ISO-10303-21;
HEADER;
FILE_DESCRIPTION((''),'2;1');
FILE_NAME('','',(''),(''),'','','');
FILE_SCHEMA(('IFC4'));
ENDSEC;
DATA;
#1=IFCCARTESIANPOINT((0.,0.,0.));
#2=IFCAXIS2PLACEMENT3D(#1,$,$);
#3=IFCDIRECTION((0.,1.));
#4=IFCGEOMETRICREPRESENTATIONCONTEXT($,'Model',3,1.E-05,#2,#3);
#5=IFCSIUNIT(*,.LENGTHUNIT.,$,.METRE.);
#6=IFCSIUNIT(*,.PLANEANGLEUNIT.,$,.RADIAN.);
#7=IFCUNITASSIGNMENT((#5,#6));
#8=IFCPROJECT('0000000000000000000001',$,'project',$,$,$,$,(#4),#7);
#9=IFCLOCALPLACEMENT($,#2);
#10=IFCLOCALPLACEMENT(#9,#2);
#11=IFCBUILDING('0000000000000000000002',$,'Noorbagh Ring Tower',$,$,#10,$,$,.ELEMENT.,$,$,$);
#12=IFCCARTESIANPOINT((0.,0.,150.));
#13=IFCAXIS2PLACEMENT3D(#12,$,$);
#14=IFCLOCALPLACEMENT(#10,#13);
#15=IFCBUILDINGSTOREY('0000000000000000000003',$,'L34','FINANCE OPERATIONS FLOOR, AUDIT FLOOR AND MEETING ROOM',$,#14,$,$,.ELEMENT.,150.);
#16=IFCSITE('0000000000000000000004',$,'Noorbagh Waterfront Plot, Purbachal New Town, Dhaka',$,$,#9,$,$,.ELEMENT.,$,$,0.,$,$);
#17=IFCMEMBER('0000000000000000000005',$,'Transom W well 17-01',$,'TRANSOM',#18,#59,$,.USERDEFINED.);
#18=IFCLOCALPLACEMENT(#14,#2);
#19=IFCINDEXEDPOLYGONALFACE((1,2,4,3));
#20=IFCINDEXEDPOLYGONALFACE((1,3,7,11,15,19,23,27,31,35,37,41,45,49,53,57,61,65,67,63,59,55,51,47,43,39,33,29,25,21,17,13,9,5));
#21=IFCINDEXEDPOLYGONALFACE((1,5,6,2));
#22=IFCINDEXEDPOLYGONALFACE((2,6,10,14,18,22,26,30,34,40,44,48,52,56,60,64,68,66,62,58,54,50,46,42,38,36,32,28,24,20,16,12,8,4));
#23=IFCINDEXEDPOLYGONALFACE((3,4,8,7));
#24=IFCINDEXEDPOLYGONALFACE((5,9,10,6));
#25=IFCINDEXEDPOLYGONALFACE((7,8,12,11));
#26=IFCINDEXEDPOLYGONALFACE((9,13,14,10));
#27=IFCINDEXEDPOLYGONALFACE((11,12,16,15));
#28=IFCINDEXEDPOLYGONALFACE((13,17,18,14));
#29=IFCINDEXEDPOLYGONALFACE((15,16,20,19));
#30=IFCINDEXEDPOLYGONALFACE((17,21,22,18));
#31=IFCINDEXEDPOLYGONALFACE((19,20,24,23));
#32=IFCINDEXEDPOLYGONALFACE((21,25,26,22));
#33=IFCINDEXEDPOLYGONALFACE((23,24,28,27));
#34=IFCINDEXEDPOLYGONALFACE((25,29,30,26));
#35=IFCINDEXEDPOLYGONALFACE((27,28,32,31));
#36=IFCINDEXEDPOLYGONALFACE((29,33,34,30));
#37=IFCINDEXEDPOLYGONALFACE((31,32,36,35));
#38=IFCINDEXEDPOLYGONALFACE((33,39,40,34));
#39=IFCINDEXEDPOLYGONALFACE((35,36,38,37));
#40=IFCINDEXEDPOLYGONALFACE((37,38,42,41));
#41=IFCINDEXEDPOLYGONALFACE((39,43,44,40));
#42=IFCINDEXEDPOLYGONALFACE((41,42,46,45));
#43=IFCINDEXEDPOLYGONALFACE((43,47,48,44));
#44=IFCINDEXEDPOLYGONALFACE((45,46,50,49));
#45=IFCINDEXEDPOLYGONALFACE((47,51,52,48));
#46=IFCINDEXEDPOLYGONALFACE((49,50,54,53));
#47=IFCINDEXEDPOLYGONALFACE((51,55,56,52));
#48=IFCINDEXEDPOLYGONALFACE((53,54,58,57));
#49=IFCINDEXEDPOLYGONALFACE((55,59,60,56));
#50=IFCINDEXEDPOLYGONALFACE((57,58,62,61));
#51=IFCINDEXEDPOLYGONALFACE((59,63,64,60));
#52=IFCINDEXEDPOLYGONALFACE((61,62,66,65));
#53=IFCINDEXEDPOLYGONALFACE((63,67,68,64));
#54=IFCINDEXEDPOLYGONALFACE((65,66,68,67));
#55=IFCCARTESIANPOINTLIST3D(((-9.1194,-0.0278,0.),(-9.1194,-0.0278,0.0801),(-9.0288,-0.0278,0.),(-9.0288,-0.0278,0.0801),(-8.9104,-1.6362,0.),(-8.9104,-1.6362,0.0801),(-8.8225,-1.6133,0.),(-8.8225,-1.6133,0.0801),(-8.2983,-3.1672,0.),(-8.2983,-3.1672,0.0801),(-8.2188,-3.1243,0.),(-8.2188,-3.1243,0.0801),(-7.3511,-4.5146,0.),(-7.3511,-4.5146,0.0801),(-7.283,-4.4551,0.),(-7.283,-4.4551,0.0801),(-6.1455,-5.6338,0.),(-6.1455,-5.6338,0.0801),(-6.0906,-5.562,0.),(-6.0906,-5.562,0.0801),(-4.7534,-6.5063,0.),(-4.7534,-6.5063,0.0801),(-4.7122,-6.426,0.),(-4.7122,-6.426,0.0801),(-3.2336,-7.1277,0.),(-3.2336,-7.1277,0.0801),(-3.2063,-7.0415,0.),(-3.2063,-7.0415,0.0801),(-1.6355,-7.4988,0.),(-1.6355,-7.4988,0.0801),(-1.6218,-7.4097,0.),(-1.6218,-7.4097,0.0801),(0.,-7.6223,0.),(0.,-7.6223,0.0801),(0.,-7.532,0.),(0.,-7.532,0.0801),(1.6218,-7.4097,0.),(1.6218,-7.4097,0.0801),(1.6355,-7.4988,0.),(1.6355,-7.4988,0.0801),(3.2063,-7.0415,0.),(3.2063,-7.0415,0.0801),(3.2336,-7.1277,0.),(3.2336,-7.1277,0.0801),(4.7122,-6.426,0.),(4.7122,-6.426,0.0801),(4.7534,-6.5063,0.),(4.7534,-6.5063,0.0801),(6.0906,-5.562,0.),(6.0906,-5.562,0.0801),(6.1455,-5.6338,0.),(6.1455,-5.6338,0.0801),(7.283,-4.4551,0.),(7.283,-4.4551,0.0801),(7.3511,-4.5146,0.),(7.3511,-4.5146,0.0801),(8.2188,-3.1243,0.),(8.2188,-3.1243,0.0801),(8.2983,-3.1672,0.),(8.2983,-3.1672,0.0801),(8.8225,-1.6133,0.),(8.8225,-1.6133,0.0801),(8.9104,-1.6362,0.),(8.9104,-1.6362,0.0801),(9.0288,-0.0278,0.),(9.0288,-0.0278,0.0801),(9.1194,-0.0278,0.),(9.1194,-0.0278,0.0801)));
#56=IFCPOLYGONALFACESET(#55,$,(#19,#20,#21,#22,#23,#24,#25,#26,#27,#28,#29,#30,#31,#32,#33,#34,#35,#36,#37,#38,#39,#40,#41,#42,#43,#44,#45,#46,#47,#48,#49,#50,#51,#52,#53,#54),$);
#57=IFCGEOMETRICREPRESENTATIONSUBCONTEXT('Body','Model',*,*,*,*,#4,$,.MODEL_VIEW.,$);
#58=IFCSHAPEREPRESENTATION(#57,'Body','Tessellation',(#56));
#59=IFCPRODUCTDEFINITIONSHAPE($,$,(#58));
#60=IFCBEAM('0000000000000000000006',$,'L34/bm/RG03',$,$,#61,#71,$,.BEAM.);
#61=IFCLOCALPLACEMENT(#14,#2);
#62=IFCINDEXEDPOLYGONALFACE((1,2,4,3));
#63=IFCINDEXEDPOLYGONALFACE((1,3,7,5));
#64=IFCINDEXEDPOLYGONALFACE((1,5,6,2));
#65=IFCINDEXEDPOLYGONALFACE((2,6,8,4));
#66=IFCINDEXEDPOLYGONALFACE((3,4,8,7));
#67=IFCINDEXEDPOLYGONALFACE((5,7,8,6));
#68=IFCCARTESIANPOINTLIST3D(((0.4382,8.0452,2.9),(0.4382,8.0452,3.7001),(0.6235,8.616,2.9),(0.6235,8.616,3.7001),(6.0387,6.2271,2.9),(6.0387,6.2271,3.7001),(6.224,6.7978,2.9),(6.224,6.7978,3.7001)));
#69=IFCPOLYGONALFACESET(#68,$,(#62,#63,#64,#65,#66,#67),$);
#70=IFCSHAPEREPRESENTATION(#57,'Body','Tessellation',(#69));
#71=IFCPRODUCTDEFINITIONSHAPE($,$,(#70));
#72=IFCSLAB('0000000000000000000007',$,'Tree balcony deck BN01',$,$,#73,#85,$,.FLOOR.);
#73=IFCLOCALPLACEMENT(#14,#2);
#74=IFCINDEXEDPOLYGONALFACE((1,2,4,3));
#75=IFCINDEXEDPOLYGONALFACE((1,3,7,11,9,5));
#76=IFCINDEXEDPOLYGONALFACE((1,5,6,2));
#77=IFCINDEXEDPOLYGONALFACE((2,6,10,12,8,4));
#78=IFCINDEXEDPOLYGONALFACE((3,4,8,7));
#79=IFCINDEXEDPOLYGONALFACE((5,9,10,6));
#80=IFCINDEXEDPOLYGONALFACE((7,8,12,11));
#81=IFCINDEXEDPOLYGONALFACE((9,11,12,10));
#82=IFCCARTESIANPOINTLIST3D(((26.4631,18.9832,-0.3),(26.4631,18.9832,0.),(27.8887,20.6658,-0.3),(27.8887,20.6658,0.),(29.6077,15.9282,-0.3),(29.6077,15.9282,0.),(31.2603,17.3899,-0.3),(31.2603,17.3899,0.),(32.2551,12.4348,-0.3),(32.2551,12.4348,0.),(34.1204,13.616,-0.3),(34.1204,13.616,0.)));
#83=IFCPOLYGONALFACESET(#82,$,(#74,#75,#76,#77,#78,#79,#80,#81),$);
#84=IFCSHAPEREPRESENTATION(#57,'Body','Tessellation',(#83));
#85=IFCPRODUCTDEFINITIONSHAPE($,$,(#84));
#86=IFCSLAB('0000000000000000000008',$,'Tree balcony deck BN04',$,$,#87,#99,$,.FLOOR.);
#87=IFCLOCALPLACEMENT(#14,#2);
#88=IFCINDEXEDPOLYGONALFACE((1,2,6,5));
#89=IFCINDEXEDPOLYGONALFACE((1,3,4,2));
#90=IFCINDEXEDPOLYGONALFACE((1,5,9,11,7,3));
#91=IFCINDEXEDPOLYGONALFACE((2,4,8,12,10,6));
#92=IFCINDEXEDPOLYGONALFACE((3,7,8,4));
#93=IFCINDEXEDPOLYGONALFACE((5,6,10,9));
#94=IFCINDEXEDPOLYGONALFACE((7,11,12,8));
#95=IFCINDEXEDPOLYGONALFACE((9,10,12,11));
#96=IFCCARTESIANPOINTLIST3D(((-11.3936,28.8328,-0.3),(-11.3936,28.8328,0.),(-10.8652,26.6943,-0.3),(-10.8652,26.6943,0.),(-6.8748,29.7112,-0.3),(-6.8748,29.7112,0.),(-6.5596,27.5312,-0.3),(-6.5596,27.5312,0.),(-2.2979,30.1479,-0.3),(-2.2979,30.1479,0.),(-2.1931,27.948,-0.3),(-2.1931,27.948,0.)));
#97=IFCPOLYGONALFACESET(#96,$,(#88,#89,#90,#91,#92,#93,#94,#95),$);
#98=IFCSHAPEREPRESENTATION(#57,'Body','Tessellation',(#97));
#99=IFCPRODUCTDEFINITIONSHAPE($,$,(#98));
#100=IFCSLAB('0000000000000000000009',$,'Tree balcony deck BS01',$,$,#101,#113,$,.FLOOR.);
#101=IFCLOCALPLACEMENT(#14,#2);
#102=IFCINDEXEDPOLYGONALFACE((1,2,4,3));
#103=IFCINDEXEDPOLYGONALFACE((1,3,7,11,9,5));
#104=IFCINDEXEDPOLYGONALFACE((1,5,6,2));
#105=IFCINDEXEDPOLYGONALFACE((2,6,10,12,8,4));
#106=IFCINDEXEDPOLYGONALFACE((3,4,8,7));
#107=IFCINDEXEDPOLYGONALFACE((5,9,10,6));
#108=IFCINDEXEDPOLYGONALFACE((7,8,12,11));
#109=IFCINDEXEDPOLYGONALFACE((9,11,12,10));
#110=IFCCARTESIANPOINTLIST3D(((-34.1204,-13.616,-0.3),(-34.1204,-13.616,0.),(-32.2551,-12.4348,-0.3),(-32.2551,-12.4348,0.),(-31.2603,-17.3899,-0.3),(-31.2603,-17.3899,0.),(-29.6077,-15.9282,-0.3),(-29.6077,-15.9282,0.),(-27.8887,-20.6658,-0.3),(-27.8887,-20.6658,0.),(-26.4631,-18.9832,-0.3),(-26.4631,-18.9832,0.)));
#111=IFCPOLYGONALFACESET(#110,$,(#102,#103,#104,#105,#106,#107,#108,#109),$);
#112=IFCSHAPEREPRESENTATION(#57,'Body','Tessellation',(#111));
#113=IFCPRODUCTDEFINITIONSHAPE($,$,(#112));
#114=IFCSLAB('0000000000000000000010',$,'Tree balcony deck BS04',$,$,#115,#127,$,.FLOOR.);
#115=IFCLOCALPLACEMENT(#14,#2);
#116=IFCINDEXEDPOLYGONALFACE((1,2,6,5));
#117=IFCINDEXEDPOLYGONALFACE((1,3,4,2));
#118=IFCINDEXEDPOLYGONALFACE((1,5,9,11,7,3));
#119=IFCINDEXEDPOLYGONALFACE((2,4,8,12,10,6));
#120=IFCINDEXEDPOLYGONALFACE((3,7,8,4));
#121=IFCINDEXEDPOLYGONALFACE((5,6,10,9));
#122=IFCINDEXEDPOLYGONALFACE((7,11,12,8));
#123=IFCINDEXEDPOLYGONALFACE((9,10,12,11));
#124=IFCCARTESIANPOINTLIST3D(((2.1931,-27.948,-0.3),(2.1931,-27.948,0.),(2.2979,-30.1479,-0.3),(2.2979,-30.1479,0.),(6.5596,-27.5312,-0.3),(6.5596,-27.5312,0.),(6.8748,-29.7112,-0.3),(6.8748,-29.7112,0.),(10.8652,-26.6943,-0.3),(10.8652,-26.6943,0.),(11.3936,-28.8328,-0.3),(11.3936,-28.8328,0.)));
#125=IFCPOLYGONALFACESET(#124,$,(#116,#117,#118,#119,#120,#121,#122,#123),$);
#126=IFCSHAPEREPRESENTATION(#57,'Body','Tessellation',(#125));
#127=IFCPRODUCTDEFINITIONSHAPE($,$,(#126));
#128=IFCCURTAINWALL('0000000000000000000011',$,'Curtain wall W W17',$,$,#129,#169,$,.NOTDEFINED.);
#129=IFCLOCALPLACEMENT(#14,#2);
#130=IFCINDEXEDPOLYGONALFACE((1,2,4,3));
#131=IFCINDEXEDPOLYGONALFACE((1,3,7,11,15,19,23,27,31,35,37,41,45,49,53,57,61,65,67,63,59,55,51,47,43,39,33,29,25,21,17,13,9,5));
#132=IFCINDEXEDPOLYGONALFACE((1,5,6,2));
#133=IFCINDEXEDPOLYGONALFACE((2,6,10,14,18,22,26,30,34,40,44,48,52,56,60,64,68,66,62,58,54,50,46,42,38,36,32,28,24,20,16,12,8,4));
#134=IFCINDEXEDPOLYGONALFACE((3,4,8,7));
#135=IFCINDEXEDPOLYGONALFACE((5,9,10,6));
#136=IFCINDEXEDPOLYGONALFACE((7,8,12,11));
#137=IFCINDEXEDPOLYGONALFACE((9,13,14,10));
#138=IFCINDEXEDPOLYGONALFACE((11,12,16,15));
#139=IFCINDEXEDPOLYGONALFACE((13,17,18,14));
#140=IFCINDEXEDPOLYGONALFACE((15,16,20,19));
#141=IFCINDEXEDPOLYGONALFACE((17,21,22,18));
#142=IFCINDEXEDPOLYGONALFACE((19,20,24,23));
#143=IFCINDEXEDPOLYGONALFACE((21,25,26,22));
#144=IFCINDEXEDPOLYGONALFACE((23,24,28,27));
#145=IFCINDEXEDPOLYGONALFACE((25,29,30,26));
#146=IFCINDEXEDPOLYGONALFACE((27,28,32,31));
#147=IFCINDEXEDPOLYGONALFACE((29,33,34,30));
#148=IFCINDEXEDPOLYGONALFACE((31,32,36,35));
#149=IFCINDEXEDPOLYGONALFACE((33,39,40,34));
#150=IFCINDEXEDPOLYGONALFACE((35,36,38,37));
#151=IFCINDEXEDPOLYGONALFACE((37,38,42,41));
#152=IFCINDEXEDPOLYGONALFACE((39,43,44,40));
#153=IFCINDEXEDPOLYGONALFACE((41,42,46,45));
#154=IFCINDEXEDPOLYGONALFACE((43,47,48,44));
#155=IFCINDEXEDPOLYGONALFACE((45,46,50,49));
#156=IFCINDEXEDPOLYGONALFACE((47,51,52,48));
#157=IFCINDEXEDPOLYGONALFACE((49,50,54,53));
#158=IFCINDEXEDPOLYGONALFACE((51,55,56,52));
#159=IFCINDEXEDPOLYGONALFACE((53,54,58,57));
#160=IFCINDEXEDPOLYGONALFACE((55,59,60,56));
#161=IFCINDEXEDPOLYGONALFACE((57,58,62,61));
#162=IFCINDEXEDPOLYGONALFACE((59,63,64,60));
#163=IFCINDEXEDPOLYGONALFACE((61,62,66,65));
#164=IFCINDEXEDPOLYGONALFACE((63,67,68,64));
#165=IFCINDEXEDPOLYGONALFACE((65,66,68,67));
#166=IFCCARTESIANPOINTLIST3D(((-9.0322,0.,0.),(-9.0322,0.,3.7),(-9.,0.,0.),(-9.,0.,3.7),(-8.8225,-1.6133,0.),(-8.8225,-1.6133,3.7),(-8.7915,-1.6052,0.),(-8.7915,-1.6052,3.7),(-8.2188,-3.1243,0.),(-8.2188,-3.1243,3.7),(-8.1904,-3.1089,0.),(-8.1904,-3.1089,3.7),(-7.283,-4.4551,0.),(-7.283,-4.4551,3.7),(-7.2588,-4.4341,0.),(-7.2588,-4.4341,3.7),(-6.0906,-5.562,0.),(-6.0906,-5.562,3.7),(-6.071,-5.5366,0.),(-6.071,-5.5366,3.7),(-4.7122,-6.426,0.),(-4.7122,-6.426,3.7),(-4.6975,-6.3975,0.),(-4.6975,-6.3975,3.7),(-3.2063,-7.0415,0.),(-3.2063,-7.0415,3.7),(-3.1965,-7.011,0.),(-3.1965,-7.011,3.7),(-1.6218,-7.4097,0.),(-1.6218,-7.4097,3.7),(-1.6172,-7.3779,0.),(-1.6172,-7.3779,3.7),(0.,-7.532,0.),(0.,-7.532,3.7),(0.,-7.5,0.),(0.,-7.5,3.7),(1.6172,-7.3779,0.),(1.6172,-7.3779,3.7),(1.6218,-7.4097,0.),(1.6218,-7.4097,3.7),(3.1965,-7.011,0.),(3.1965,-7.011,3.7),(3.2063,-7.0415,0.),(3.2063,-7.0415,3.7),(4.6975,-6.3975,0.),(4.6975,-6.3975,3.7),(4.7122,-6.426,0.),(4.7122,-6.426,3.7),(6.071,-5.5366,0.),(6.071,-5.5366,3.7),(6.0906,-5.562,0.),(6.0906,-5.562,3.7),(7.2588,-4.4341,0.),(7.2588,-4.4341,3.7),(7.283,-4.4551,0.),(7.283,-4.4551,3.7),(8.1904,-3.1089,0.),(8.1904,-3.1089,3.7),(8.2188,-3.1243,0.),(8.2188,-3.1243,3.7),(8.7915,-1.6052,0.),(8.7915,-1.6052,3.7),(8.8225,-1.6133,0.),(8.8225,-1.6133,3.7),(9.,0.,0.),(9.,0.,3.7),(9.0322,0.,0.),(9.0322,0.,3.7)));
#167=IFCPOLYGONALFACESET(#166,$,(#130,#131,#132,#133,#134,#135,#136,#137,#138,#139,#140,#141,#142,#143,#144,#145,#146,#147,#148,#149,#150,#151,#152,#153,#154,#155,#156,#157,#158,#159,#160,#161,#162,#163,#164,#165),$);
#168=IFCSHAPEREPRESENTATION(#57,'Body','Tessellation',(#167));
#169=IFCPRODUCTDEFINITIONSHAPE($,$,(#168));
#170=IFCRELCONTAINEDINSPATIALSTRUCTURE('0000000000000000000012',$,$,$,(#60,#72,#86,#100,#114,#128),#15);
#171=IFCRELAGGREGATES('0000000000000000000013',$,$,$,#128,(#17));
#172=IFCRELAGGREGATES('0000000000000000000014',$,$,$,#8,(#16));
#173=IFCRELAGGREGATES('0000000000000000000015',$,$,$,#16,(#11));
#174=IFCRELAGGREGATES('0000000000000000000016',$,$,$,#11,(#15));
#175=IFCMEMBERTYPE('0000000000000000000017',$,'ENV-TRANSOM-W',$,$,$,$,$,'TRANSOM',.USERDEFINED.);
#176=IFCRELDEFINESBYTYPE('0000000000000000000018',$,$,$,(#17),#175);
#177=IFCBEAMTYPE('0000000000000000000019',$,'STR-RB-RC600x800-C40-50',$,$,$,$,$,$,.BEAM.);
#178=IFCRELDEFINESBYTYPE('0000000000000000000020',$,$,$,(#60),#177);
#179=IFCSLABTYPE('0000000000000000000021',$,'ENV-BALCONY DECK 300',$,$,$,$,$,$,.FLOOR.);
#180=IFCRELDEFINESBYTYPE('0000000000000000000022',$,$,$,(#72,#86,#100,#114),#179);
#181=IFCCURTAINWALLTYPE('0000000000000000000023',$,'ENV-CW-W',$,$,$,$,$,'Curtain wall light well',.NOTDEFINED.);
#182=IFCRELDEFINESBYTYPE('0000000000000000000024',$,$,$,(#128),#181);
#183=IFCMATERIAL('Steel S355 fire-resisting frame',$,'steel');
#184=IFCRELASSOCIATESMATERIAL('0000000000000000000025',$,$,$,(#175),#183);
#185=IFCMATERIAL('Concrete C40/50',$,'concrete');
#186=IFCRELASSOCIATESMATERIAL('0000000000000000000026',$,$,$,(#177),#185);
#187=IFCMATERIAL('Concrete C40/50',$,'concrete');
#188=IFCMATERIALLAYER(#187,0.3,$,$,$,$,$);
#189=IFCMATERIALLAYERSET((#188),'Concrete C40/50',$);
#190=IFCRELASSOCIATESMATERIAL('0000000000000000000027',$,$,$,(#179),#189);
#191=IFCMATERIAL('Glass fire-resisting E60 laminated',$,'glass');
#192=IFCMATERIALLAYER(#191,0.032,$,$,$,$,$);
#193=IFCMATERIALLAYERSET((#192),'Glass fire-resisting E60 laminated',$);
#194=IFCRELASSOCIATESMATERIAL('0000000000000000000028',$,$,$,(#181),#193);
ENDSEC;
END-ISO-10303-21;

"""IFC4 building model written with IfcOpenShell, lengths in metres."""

from ifc_helpers import new_model, si_unit, direction, frame, origin, origin_2d, place, context, subcontext, project, spatial, polyline, rectangle, outline, extrude, material, layer, layer_set, material_profile, profile_set, type_object, element, aggregate, save


model = new_model("IFC4")

# Units and contexts
model_context = context("Model", 3, precision=1e-05, world=origin(), true_north=direction((0.0, 1.0)))
body_context = subcontext(model_context, "Body", "Model", "MODEL_VIEW")
ifc_project = project(units=[si_unit("LENGTHUNIT", "METRE"), si_unit("PLANEANGLEUNIT", "RADIAN")], contexts=[model_context])

# Site, building, storey
site_placement = place(None, origin())
site = spatial("IfcSite", under=ifc_project, at=site_placement, Name="Noorbagh Waterfront Plot, Purbachal New Town, Dhaka", CompositionType="ELEMENT", RefElevation=0.0)
building_placement = place(site_placement, origin())
building = spatial("IfcBuilding", under=site, at=building_placement, Name="Noorbagh Ring Tower", CompositionType="ELEMENT")
storey_placement = place(building_placement, frame((0.0, 0.0, 150.0)))
storey = spatial("IfcBuildingStorey", under=building, at=storey_placement, Name="L34", Description="FINANCE OPERATIONS FLOOR, AUDIT FLOOR AND MEETING ROOM", CompositionType="ELEMENT", Elevation=150.0)

# Member
ifc_material_1 = material(Name="Steel S355 fire-resisting frame", Category="steel")
member_type_1 = type_object("IfcMemberType", Name="ENV-TRANSOM-W", ElementType="TRANSOM", PredefinedType="USERDEFINED", material=ifc_material_1)
member_1_placement = place(storey_placement, origin())
member_1 = element("IfcMember", 1, at=member_1_placement, type_object=member_type_1, Name="Transom W well 17-01", ObjectType="TRANSOM", PredefinedType="USERDEFINED", context=body_context, shape_type="SweptSolid", body=[
    extrude(outline(polyline([(-9.1194, -0.0278), (-8.9104, -1.6362), (-8.2983, -3.1672), (-7.3511, -4.5146), (-6.1455, -5.6338), (-4.7534, -6.5063), (-3.2336, -7.1277), (-1.6355, -7.4988), (0.0, -7.6223), (1.6355, -7.4988), (3.2336, -7.1277), (4.7534, -6.5063), (6.1455, -5.6338), (7.3511, -4.5146), (8.2983, -3.1672), (8.9104, -1.6362), (9.1194, -0.0278), (9.0288, -0.0278), (8.8225, -1.6133), (8.2188, -3.1243), (7.283, -4.4551), (6.0906, -5.562), (4.7122, -6.426), (3.2063, -7.0415), (1.6218, -7.4097), (0.0, -7.532), (-1.6218, -7.4097), (-3.2063, -7.0415), (-4.7122, -6.426), (-6.0906, -5.562), (-7.283, -4.4551), (-8.2188, -3.1243), (-8.8225, -1.6133), (-9.0288, -0.0278), (-9.1194, -0.0278)])), origin(), (0.0, 0.0, 1.0), 0.0801),
])

# Beam
ifc_material_2 = material(Name="Concrete C40/50", Category="concrete")
ifc_material_profile_1 = material_profile(ifc_material_2, rectangle(XDim=0.6001, YDim=0.8, at=origin_2d()), Name="RC600x800")
ifc_profile_set_1 = profile_set([ifc_material_profile_1], Name="Concrete C40/50")
beam_type = type_object("IfcBeamType", Name="STR-RB-RC600x800-C40-50", PredefinedType="BEAM", material=ifc_profile_set_1)
beam_placement = place(storey_placement, frame((6.1313, 6.5125, 3.3), z_axis=(-0.951134, 0.308779, 0.0), x_axis=(-0.308779, -0.951134, 0.0)))
element("IfcBeam", 2, at=beam_placement, inside=storey, type_object=beam_type, Name="L34/bm/RG03", PredefinedType="BEAM", context=body_context, shape_type="SweptSolid", body=[
    extrude(rectangle(XDim=0.6001, YDim=0.8, at=origin_2d()), origin(), (0.0, 0.0, 1.0), 5.8882),
])

# Slabs
ifc_material_3 = material(Name="Concrete C40/50", Category="concrete")
ifc_layer_1 = layer(ifc_material_3, 0.3)
ifc_layer_set_1 = layer_set([ifc_layer_1], Name="Concrete C40/50")
slab_type = type_object("IfcSlabType", Name="ENV-BALCONY DECK 300", PredefinedType="FLOOR", material=ifc_layer_set_1)
slab_1_placement = place(storey_placement, frame((0.0, 0.0, -0.3)))
element("IfcSlab", 3, at=slab_1_placement, inside=storey, type_object=slab_type, Name="Tree balcony deck BN01", PredefinedType="FLOOR", context=body_context, shape_type="SweptSolid", body=[
    extrude(outline(polyline([(34.1204, 13.616), (31.2603, 17.3899), (27.8887, 20.6658), (26.4631, 18.9832), (29.6077, 15.9282), (32.2551, 12.4348), (34.1204, 13.616)])), origin(), (0.0, 0.0, 1.0), 0.3),
])
slab_2_placement = place(storey_placement, frame((0.0, 0.0, -0.3)))
element("IfcSlab", 4, at=slab_2_placement, inside=storey, type_object=slab_type, Name="Tree balcony deck BN04", PredefinedType="FLOOR", context=body_context, shape_type="SweptSolid", body=[
    extrude(outline(polyline([(-2.2979, 30.1479), (-6.8748, 29.7112), (-11.3936, 28.8328), (-10.8652, 26.6943), (-6.5596, 27.5312), (-2.1931, 27.948), (-2.2979, 30.1479)])), origin(), (0.0, 0.0, 1.0), 0.3),
])
slab_3_placement = place(storey_placement, frame((0.0, 0.0, -0.3)))
element("IfcSlab", 5, at=slab_3_placement, inside=storey, type_object=slab_type, Name="Tree balcony deck BS01", PredefinedType="FLOOR", context=body_context, shape_type="SweptSolid", body=[
    extrude(outline(polyline([(-34.1204, -13.616), (-31.2603, -17.3899), (-27.8887, -20.6658), (-26.4631, -18.9832), (-29.6077, -15.9282), (-32.2551, -12.4348), (-34.1204, -13.616)])), origin(), (0.0, 0.0, 1.0), 0.3),
])
slab_4_placement = place(storey_placement, frame((0.0, 0.0, -0.3)))
element("IfcSlab", 6, at=slab_4_placement, inside=storey, type_object=slab_type, Name="Tree balcony deck BS04", PredefinedType="FLOOR", context=body_context, shape_type="SweptSolid", body=[
    extrude(outline(polyline([(2.2979, -30.1479), (6.8748, -29.7112), (11.3936, -28.8328), (10.8652, -26.6943), (6.5596, -27.5312), (2.1931, -27.948), (2.2979, -30.1479)])), origin(), (0.0, 0.0, 1.0), 0.3),
])

# Curtain wall
ifc_material_4 = material(Name="Glass fire-resisting E60 laminated", Category="glass")
ifc_layer_2 = layer(ifc_material_4, 0.032)
ifc_layer_set_2 = layer_set([ifc_layer_2], Name="Glass fire-resisting E60 laminated")
curtain_wall_type_1 = type_object("IfcCurtainWallType", Name="ENV-CW-W", ElementType="Curtain wall light well", PredefinedType="NOTDEFINED", material=ifc_layer_set_2)
curtain_wall_1_placement = place(storey_placement, origin())
curtain_wall_1 = element("IfcCurtainWall", 7, at=curtain_wall_1_placement, inside=storey, type_object=curtain_wall_type_1, Name="Curtain wall W W17", PredefinedType="NOTDEFINED", context=body_context, shape_type="SweptSolid", body=[
    extrude(outline(polyline([(-9.0322, 0.0), (-8.8225, -1.6133), (-8.2188, -3.1243), (-7.283, -4.4551), (-6.0906, -5.562), (-4.7122, -6.426), (-3.2063, -7.0415), (-1.6218, -7.4097), (0.0, -7.532), (1.6218, -7.4097), (3.2063, -7.0415), (4.7122, -6.426), (6.0906, -5.562), (7.283, -4.4551), (8.2188, -3.1243), (8.8225, -1.6133), (9.0322, 0.0), (9.0, 0.0), (8.7915, -1.6052), (8.1904, -3.1089), (7.2588, -4.4341), (6.071, -5.5366), (4.6975, -6.3975), (3.1965, -7.011), (1.6172, -7.3779), (0.0, -7.5), (-1.6172, -7.3779), (-3.1965, -7.011), (-4.6975, -6.3975), (-6.071, -5.5366), (-7.2588, -4.4341), (-8.1904, -3.1089), (-8.7915, -1.6052), (-9.0, 0.0), (-9.0322, 0.0)])), origin(), (0.0, 0.0, 1.0), 3.7),
])
aggregate(curtain_wall_1, [member_1])

save(model, "model.ifc")
